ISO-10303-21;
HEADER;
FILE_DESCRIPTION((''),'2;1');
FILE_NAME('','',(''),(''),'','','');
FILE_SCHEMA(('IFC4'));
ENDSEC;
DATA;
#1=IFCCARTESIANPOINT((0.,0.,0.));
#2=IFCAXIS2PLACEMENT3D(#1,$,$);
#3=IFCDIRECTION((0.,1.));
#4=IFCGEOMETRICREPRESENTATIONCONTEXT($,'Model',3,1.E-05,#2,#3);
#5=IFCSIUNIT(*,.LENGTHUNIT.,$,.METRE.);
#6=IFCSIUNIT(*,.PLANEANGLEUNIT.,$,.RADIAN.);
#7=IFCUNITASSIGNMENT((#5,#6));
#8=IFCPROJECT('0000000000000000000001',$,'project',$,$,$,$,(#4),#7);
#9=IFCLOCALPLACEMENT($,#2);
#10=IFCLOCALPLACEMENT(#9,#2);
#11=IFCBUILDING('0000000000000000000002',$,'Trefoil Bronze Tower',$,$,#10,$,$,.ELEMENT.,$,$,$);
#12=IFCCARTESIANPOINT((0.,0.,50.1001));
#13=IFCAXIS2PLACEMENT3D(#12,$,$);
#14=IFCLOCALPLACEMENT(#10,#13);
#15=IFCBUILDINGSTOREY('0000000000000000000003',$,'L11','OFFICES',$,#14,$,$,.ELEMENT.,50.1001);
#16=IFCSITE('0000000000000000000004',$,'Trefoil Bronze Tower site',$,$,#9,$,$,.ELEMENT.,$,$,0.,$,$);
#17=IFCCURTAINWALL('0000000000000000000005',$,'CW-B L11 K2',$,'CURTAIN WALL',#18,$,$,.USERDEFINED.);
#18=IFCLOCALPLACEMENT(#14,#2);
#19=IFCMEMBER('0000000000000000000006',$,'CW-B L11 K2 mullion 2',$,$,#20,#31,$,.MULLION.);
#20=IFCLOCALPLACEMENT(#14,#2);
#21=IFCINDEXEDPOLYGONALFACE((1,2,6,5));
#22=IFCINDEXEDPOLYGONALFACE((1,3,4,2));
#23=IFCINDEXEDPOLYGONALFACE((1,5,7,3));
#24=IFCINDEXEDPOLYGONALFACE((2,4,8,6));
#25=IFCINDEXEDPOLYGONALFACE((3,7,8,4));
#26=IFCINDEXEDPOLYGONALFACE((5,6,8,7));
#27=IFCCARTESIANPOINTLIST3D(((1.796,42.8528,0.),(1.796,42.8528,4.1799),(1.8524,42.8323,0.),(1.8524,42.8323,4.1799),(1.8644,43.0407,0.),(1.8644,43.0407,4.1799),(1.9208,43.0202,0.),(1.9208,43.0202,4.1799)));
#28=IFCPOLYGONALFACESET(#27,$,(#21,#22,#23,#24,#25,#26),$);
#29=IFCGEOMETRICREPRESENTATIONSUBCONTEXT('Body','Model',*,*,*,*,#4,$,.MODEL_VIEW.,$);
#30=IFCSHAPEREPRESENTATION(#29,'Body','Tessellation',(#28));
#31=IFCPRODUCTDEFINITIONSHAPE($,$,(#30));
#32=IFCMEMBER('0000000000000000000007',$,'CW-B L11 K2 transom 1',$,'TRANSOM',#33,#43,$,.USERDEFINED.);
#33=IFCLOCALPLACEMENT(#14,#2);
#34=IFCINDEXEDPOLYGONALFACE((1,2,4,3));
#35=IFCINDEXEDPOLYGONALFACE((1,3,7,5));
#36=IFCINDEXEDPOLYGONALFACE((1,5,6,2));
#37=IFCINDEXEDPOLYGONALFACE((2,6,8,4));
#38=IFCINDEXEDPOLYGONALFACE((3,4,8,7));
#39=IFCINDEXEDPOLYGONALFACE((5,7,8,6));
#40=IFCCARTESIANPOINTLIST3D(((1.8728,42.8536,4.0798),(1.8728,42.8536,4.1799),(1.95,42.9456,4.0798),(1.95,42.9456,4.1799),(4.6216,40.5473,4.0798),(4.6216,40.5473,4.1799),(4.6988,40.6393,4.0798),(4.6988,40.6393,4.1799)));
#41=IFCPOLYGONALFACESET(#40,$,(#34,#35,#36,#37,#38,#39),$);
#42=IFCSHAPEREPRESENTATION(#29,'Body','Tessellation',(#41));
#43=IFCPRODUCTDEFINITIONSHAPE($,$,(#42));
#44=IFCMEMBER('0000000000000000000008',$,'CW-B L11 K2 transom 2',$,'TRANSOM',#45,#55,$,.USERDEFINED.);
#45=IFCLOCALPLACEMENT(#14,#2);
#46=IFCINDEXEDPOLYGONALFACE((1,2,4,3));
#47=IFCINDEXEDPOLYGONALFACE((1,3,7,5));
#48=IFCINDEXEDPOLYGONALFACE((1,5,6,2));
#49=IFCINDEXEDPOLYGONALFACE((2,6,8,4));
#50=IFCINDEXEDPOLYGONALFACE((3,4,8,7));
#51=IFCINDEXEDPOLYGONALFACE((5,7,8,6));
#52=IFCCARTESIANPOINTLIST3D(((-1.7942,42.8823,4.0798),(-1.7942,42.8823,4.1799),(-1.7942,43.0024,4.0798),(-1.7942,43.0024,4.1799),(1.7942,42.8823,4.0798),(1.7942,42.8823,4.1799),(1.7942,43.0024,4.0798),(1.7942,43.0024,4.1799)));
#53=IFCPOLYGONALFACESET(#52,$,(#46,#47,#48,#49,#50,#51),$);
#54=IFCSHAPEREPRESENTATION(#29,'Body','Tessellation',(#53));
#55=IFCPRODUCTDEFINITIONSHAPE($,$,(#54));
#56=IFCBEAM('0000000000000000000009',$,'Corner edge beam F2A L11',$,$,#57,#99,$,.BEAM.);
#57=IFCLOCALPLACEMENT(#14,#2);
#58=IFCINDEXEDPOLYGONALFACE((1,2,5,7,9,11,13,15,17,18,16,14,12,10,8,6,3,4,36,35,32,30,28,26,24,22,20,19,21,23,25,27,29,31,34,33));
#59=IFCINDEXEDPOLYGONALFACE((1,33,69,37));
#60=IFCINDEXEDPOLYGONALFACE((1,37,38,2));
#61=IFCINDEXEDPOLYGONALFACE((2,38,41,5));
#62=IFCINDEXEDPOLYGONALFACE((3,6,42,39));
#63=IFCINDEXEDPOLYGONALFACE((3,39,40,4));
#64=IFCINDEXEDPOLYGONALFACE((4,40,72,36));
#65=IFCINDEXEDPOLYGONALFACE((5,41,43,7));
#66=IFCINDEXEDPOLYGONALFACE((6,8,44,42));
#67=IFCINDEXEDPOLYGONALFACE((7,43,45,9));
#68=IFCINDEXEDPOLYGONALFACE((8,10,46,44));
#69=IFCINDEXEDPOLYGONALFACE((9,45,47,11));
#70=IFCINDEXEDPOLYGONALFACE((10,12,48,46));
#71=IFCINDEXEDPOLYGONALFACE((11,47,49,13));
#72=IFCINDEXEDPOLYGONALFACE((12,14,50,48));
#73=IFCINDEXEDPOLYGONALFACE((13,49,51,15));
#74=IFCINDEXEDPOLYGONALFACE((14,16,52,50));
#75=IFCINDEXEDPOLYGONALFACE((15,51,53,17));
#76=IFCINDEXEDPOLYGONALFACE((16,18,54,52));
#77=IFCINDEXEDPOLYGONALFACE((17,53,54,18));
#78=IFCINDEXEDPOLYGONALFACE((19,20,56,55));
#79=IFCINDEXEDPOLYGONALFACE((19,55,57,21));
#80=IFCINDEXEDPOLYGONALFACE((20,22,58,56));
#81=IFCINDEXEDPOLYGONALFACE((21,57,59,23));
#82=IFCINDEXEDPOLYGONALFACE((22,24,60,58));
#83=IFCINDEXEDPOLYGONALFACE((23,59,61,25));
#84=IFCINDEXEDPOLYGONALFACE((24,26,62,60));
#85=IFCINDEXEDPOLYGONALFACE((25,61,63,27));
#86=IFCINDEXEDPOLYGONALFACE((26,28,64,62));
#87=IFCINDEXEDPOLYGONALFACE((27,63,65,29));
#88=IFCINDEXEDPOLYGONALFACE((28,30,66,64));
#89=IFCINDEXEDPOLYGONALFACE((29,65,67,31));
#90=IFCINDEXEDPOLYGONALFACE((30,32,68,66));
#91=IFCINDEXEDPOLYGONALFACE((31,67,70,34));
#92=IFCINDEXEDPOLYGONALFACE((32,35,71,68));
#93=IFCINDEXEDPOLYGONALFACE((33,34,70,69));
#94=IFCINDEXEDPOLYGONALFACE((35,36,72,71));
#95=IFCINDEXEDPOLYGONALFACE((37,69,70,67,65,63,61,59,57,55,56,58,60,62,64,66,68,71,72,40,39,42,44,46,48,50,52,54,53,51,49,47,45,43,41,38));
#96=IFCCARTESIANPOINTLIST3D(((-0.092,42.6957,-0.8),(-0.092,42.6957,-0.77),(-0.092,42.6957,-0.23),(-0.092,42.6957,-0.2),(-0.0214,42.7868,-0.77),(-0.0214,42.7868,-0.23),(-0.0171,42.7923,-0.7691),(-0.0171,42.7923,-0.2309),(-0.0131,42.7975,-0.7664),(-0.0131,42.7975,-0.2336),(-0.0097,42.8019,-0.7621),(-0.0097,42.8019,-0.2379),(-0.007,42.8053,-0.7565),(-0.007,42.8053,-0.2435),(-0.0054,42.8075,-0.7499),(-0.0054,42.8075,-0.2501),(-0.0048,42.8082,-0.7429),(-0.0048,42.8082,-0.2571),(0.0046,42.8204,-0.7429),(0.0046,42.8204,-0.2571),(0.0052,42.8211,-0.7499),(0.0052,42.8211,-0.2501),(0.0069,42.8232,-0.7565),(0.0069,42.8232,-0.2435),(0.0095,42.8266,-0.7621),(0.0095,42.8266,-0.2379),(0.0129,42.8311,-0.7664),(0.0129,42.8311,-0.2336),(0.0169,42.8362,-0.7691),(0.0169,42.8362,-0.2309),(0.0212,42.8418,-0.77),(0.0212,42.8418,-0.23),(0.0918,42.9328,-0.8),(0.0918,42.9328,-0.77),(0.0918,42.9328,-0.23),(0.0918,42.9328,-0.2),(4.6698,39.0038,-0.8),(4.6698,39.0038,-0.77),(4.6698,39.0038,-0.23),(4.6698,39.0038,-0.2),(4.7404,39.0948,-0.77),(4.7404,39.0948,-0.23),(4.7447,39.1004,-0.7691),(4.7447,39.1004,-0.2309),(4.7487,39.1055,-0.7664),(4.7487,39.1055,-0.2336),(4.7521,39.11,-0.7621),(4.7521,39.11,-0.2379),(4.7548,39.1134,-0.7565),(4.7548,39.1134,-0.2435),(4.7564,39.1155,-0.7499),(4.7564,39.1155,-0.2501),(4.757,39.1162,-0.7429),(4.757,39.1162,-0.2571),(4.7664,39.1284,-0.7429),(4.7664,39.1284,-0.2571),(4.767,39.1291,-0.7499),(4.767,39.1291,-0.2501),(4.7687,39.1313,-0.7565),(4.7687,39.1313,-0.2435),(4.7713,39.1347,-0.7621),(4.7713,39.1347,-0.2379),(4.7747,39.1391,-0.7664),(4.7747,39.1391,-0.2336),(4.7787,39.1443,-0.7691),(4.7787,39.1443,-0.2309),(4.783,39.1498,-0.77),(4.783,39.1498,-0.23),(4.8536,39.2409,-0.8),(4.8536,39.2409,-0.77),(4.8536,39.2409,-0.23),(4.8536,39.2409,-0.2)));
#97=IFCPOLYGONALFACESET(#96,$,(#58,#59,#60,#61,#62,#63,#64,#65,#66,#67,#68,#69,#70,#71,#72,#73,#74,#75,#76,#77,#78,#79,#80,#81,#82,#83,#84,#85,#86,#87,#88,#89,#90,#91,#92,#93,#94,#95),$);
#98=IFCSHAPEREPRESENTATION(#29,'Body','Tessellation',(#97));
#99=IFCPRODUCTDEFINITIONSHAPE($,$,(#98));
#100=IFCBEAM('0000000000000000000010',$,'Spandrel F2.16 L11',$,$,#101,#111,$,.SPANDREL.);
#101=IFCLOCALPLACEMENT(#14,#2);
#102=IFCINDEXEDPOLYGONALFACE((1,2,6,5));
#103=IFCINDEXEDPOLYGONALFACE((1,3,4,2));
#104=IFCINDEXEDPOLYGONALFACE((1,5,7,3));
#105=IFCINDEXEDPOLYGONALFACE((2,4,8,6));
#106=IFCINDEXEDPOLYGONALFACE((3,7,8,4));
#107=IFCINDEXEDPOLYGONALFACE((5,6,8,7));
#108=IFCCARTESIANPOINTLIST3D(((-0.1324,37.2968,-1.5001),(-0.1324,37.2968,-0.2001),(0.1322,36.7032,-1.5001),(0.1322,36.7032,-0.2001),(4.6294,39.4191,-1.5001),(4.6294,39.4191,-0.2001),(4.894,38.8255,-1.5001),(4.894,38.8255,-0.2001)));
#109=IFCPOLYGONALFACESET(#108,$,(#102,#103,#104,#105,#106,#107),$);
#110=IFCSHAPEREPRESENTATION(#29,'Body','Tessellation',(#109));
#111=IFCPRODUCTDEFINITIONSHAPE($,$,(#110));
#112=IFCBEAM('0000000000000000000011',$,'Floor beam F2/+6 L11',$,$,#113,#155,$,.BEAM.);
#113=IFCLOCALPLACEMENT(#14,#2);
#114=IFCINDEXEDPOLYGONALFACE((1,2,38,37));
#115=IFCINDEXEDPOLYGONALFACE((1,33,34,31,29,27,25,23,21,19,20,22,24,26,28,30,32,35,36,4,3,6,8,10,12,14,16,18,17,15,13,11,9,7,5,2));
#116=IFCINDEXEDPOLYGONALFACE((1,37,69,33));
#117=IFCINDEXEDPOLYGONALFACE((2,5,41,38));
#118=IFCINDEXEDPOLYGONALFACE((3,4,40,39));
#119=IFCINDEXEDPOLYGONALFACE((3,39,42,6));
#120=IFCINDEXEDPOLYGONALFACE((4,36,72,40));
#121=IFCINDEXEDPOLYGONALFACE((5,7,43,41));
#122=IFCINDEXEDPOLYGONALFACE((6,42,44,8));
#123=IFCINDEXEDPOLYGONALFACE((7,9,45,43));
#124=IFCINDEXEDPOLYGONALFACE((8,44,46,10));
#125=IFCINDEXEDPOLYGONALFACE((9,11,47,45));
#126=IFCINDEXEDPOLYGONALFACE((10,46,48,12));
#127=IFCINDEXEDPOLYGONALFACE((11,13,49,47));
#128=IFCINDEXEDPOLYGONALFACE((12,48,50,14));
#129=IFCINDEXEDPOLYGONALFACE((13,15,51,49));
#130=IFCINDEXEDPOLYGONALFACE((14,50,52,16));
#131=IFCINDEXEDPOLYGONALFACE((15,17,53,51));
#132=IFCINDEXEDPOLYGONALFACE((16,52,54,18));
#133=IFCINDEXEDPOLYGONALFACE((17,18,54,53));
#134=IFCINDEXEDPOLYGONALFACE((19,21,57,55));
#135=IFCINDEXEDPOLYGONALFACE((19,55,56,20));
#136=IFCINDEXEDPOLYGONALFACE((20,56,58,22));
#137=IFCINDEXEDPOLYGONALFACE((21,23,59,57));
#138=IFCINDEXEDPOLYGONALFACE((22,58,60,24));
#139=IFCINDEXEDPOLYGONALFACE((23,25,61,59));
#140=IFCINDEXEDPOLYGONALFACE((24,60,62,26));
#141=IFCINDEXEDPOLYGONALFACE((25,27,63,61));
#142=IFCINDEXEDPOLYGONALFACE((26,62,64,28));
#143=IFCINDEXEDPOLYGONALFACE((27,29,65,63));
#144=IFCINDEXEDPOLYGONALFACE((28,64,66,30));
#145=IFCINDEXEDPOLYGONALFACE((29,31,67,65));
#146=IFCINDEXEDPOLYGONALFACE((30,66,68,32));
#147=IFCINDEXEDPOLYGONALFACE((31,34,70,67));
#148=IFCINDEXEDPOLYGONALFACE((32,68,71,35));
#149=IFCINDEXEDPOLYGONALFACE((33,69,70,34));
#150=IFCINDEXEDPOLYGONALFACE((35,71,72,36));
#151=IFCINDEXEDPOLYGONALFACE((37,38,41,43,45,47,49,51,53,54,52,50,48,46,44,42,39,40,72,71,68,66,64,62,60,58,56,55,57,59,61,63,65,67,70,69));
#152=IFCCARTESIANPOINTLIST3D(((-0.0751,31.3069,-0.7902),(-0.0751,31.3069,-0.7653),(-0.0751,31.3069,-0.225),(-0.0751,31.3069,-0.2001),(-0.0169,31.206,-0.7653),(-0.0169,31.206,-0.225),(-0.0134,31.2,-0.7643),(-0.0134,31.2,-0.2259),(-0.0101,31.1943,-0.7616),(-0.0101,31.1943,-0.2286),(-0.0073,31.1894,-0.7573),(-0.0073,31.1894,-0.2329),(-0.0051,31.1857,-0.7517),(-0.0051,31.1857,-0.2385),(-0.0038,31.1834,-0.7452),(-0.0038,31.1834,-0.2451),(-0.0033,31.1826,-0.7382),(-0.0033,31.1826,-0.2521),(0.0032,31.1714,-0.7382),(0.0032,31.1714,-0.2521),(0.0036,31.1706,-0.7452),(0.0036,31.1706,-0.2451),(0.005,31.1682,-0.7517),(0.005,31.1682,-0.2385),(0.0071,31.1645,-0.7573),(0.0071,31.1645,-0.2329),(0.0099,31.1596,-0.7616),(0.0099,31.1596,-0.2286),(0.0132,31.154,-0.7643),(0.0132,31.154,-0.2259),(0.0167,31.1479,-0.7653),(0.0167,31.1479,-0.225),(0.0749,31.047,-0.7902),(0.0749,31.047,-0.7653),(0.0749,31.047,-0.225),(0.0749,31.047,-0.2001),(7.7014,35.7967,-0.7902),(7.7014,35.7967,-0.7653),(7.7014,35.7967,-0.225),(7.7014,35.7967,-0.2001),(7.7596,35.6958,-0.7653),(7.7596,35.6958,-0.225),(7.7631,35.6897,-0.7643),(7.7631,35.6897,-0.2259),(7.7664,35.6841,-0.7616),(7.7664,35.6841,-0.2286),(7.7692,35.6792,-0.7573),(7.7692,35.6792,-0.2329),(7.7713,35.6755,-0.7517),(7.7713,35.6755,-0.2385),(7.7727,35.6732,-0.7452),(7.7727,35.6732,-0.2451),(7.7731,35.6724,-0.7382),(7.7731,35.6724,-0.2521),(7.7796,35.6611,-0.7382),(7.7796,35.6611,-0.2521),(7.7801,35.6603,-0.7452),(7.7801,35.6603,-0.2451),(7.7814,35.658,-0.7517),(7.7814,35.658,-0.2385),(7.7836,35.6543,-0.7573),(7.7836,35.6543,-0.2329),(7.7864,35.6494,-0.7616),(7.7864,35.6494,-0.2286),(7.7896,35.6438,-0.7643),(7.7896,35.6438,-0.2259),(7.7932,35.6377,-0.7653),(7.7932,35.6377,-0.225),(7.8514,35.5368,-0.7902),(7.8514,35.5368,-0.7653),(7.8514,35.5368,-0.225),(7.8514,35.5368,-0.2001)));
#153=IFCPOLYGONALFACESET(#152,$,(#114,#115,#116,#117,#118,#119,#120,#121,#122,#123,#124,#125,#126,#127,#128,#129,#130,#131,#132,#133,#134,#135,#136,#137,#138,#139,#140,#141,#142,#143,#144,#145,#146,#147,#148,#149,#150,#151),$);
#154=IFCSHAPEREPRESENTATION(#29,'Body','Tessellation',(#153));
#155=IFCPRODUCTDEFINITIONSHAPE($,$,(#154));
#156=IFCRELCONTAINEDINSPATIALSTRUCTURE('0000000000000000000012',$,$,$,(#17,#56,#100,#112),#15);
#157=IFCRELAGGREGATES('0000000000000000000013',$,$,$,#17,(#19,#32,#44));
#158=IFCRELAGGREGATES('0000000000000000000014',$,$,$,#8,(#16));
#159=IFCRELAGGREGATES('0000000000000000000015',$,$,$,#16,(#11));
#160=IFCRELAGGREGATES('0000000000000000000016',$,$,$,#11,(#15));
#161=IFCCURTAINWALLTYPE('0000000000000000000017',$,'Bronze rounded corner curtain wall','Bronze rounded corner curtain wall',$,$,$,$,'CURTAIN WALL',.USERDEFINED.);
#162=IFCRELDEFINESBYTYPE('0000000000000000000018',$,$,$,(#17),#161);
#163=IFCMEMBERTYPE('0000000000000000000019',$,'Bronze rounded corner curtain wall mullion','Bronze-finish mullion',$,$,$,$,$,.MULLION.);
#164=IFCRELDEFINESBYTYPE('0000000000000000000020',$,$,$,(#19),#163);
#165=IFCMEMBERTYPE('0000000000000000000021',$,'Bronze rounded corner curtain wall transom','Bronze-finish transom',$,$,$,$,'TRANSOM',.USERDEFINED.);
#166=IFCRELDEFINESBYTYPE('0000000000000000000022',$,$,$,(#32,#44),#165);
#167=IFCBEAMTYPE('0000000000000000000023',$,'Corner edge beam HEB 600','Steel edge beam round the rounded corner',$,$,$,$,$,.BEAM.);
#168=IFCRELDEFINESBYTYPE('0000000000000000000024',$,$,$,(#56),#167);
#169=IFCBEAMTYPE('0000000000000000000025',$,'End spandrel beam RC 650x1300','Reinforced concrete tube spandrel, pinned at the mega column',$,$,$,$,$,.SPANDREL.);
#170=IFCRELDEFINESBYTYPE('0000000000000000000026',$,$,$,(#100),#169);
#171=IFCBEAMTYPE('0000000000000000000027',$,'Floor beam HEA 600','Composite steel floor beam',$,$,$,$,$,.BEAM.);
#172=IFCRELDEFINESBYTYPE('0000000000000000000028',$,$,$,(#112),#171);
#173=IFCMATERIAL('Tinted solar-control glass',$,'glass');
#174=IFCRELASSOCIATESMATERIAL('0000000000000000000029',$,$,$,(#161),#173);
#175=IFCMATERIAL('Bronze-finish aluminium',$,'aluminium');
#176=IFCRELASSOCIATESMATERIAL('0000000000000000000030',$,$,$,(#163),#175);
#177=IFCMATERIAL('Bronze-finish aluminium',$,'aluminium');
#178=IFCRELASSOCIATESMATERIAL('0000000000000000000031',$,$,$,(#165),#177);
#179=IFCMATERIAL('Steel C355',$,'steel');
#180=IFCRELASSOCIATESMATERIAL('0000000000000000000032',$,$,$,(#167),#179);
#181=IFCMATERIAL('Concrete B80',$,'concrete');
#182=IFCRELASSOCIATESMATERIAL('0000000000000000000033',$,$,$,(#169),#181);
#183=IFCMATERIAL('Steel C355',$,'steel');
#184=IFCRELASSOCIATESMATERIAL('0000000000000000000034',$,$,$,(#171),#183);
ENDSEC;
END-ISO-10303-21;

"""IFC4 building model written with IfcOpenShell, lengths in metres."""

from ifc_helpers import new_model, si_unit, direction, frame, origin, origin_2d, place, context, subcontext, project, spatial, rectangle, i_section, extrude, material, material_profile, profile_set, type_object, element, aggregate, save


model = new_model("IFC4")

# Units and contexts
model_context = context("Model", 3, precision=1e-05, world=origin(), true_north=direction((0.0, 1.0)))
body_context = subcontext(model_context, "Body", "Model", "MODEL_VIEW")
ifc_project = project(units=[si_unit("LENGTHUNIT", "METRE"), si_unit("PLANEANGLEUNIT", "RADIAN")], contexts=[model_context])

# Site, building, storey
site_placement = place(None, origin())
site = spatial("IfcSite", under=ifc_project, at=site_placement, Name="Trefoil Bronze Tower site", CompositionType="ELEMENT", RefElevation=0.0)
building_placement = place(site_placement, origin())
building = spatial("IfcBuilding", under=site, at=building_placement, Name="Trefoil Bronze Tower", CompositionType="ELEMENT")
storey_placement = place(building_placement, frame((0.0, 0.0, 50.1001)))
storey = spatial("IfcBuildingStorey", under=building, at=storey_placement, Name="L11", Description="OFFICES", CompositionType="ELEMENT", Elevation=50.1001)

# Curtain wall, members
ifc_material_1 = material(Name="Tinted solar-control glass", Category="glass")
curtain_wall_type_1 = type_object("IfcCurtainWallType", Name="Bronze rounded corner curtain wall", Description="Bronze rounded corner curtain wall", ElementType="CURTAIN WALL", PredefinedType="USERDEFINED", material=ifc_material_1)
curtain_wall_1_placement = place(storey_placement, origin())
curtain_wall_1 = element("IfcCurtainWall", 1, at=curtain_wall_1_placement, inside=storey, type_object=curtain_wall_type_1, Name="CW-B L11 K2", ObjectType="CURTAIN WALL", PredefinedType="USERDEFINED")
ifc_material_2 = material(Name="Bronze-finish aluminium", Category="aluminium")
ifc_material_profile_1 = material_profile(ifc_material_2, rectangle(XDim=0.2, YDim=0.0601, at=origin_2d()), Name="CW-B mullion")
ifc_profile_set_1 = profile_set([ifc_material_profile_1], Name="Bronze-finish aluminium")
member_type_1 = type_object("IfcMemberType", Name="Bronze rounded corner curtain wall mullion", Description="Bronze-finish mullion", PredefinedType="MULLION", material=ifc_profile_set_1)
member_1_placement = place(storey_placement, frame((1.8584, 42.9365, 0.0), z_axis=(0.0, 0.0, 1.0), x_axis=(-0.34202, -0.939693, 0.0)))
member_1 = element("IfcMember", 2, at=member_1_placement, type_object=member_type_1, Name="CW-B L11 K2 mullion 2", PredefinedType="MULLION", context=body_context, shape_type="SweptSolid", body=[
    extrude(rectangle(XDim=0.2, YDim=0.0601, at=origin_2d()), origin(), (0.0, 0.0, 1.0), 4.1799),
])
ifc_material_3 = material(Name="Bronze-finish aluminium", Category="aluminium")
ifc_material_profile_2 = material_profile(ifc_material_3, rectangle(XDim=0.1201, YDim=0.1001, at=origin_2d()), Name="CW-B transom")
ifc_profile_set_2 = profile_set([ifc_material_profile_2], Name="Bronze-finish aluminium")
member_type_2 = type_object("IfcMemberType", Name="Bronze rounded corner curtain wall transom", Description="Bronze-finish transom", ElementType="TRANSOM", PredefinedType="USERDEFINED", material=ifc_profile_set_2)
member_2_placement = place(storey_placement, frame((4.6602, 40.5933, 4.1299), z_axis=(-0.766059, 0.642771, 0.0), x_axis=(-0.642771, -0.766059, 0.0)))
member_2 = element("IfcMember", 3, at=member_2_placement, type_object=member_type_2, Name="CW-B L11 K2 transom 1", ObjectType="TRANSOM", PredefinedType="USERDEFINED", context=body_context, shape_type="SweptSolid", body=[
    extrude(rectangle(XDim=0.1201, YDim=0.1001, at=origin_2d()), origin(), (0.0, 0.0, 1.0), 3.5881),
])
member_3_placement = place(storey_placement, frame((1.7942, 42.9424, 4.1299), z_axis=(-1.0, 0.0, 0.0), x_axis=(0.0, -1.0, 0.0)))
member_3 = element("IfcMember", 4, at=member_3_placement, type_object=member_type_2, Name="CW-B L11 K2 transom 2", ObjectType="TRANSOM", PredefinedType="USERDEFINED", context=body_context, shape_type="SweptSolid", body=[
    extrude(rectangle(XDim=0.1201, YDim=0.1001, at=origin_2d()), origin(), (0.0, 0.0, 1.0), 3.5884),
])

# Beams
ifc_material_4 = material(Name="Steel C355", Category="steel")
ifc_material_profile_3 = material_profile(ifc_material_4, i_section(OverallWidth=0.3, OverallDepth=0.6001, WebThickness=0.0154, FlangeThickness=0.03, FilletRadius=0.0271, at=origin_2d()), Name="HEB 600")
ifc_profile_set_3 = profile_set([ifc_material_profile_3], Name="Steel C355")
beam_type_1 = type_object("IfcBeamType", Name="Corner edge beam HEB 600", Description="Steel edge beam round the rounded corner", PredefinedType="BEAM", material=ifc_profile_set_3)
beam_1_placement = place(storey_placement, frame((4.7617, 39.1223, -0.5), z_axis=(-0.790289, 0.612734, 0.0), x_axis=(-0.612734, -0.790289, 0.0)))
element("IfcBeam", 5, at=beam_1_placement, inside=storey, type_object=beam_type_1, Name="Corner edge beam F2A L11", PredefinedType="BEAM", context=body_context, shape_type="SweptSolid", body=[
    extrude(i_section(OverallWidth=0.3, OverallDepth=0.6001, WebThickness=0.0154, FlangeThickness=0.03, FilletRadius=0.0271, at=origin_2d()), origin(), (0.0, 0.0, 1.0), 6.0254),
])
ifc_material_5 = material(Name="Concrete B80", Category="concrete")
ifc_material_profile_4 = material_profile(ifc_material_5, rectangle(XDim=0.6499, YDim=1.3, at=origin_2d()), Name="RC 650x1300")
ifc_profile_set_4 = profile_set([ifc_material_profile_4], Name="Concrete B80")
beam_type_2 = type_object("IfcBeamType", Name="End spandrel beam RC 650x1300", Description="Reinforced concrete tube spandrel, pinned at the mega column", PredefinedType="SPANDREL", material=ifc_profile_set_4)
beam_2_placement = place(storey_placement, frame((4.7617, 39.1223, -0.8501), z_axis=(-0.913384, -0.407099, 0.0), x_axis=(0.407099, -0.913384, 0.0)))
element("IfcBeam", 6, at=beam_2_placement, inside=storey, type_object=beam_type_2, Name="Spandrel F2.16 L11", PredefinedType="SPANDREL", context=body_context, shape_type="SweptSolid", body=[
    extrude(rectangle(XDim=0.6499, YDim=1.3, at=origin_2d()), origin(), (0.0, 0.0, 1.0), 5.2134),
])
ifc_material_6 = material(Name="Steel C355", Category="steel")
ifc_material_profile_5 = material_profile(ifc_material_6, i_section(OverallWidth=0.3, OverallDepth=0.5901, WebThickness=0.0129, FlangeThickness=0.0249, FilletRadius=0.0271, at=origin_2d()), Name="HEA 600")
ifc_profile_set_5 = profile_set([ifc_material_profile_5], Name="Steel C355")
beam_type_3 = type_object("IfcBeamType", Name="Floor beam HEA 600", Description="Composite steel floor beam", PredefinedType="BEAM", material=ifc_profile_set_5)
beam_3_placement = place(storey_placement, frame((7.7764, 35.6667, -0.4951), z_axis=(-0.866023, -0.500005, 0.0), x_axis=(0.500005, -0.866023, 0.0)))
element("IfcBeam", 7, at=beam_3_placement, inside=storey, type_object=beam_type_3, Name="Floor beam F2/+6 L11", PredefinedType="BEAM", context=body_context, shape_type="SweptSolid", body=[
    extrude(i_section(OverallWidth=0.3, OverallDepth=0.5901, WebThickness=0.0129, FlangeThickness=0.0249, FilletRadius=0.0271, at=origin_2d()), origin(), (0.0, 0.0, 1.0), 8.9795),
])

aggregate(curtain_wall_1, [member_1, member_2, member_3])

save(model, "model.ifc")
